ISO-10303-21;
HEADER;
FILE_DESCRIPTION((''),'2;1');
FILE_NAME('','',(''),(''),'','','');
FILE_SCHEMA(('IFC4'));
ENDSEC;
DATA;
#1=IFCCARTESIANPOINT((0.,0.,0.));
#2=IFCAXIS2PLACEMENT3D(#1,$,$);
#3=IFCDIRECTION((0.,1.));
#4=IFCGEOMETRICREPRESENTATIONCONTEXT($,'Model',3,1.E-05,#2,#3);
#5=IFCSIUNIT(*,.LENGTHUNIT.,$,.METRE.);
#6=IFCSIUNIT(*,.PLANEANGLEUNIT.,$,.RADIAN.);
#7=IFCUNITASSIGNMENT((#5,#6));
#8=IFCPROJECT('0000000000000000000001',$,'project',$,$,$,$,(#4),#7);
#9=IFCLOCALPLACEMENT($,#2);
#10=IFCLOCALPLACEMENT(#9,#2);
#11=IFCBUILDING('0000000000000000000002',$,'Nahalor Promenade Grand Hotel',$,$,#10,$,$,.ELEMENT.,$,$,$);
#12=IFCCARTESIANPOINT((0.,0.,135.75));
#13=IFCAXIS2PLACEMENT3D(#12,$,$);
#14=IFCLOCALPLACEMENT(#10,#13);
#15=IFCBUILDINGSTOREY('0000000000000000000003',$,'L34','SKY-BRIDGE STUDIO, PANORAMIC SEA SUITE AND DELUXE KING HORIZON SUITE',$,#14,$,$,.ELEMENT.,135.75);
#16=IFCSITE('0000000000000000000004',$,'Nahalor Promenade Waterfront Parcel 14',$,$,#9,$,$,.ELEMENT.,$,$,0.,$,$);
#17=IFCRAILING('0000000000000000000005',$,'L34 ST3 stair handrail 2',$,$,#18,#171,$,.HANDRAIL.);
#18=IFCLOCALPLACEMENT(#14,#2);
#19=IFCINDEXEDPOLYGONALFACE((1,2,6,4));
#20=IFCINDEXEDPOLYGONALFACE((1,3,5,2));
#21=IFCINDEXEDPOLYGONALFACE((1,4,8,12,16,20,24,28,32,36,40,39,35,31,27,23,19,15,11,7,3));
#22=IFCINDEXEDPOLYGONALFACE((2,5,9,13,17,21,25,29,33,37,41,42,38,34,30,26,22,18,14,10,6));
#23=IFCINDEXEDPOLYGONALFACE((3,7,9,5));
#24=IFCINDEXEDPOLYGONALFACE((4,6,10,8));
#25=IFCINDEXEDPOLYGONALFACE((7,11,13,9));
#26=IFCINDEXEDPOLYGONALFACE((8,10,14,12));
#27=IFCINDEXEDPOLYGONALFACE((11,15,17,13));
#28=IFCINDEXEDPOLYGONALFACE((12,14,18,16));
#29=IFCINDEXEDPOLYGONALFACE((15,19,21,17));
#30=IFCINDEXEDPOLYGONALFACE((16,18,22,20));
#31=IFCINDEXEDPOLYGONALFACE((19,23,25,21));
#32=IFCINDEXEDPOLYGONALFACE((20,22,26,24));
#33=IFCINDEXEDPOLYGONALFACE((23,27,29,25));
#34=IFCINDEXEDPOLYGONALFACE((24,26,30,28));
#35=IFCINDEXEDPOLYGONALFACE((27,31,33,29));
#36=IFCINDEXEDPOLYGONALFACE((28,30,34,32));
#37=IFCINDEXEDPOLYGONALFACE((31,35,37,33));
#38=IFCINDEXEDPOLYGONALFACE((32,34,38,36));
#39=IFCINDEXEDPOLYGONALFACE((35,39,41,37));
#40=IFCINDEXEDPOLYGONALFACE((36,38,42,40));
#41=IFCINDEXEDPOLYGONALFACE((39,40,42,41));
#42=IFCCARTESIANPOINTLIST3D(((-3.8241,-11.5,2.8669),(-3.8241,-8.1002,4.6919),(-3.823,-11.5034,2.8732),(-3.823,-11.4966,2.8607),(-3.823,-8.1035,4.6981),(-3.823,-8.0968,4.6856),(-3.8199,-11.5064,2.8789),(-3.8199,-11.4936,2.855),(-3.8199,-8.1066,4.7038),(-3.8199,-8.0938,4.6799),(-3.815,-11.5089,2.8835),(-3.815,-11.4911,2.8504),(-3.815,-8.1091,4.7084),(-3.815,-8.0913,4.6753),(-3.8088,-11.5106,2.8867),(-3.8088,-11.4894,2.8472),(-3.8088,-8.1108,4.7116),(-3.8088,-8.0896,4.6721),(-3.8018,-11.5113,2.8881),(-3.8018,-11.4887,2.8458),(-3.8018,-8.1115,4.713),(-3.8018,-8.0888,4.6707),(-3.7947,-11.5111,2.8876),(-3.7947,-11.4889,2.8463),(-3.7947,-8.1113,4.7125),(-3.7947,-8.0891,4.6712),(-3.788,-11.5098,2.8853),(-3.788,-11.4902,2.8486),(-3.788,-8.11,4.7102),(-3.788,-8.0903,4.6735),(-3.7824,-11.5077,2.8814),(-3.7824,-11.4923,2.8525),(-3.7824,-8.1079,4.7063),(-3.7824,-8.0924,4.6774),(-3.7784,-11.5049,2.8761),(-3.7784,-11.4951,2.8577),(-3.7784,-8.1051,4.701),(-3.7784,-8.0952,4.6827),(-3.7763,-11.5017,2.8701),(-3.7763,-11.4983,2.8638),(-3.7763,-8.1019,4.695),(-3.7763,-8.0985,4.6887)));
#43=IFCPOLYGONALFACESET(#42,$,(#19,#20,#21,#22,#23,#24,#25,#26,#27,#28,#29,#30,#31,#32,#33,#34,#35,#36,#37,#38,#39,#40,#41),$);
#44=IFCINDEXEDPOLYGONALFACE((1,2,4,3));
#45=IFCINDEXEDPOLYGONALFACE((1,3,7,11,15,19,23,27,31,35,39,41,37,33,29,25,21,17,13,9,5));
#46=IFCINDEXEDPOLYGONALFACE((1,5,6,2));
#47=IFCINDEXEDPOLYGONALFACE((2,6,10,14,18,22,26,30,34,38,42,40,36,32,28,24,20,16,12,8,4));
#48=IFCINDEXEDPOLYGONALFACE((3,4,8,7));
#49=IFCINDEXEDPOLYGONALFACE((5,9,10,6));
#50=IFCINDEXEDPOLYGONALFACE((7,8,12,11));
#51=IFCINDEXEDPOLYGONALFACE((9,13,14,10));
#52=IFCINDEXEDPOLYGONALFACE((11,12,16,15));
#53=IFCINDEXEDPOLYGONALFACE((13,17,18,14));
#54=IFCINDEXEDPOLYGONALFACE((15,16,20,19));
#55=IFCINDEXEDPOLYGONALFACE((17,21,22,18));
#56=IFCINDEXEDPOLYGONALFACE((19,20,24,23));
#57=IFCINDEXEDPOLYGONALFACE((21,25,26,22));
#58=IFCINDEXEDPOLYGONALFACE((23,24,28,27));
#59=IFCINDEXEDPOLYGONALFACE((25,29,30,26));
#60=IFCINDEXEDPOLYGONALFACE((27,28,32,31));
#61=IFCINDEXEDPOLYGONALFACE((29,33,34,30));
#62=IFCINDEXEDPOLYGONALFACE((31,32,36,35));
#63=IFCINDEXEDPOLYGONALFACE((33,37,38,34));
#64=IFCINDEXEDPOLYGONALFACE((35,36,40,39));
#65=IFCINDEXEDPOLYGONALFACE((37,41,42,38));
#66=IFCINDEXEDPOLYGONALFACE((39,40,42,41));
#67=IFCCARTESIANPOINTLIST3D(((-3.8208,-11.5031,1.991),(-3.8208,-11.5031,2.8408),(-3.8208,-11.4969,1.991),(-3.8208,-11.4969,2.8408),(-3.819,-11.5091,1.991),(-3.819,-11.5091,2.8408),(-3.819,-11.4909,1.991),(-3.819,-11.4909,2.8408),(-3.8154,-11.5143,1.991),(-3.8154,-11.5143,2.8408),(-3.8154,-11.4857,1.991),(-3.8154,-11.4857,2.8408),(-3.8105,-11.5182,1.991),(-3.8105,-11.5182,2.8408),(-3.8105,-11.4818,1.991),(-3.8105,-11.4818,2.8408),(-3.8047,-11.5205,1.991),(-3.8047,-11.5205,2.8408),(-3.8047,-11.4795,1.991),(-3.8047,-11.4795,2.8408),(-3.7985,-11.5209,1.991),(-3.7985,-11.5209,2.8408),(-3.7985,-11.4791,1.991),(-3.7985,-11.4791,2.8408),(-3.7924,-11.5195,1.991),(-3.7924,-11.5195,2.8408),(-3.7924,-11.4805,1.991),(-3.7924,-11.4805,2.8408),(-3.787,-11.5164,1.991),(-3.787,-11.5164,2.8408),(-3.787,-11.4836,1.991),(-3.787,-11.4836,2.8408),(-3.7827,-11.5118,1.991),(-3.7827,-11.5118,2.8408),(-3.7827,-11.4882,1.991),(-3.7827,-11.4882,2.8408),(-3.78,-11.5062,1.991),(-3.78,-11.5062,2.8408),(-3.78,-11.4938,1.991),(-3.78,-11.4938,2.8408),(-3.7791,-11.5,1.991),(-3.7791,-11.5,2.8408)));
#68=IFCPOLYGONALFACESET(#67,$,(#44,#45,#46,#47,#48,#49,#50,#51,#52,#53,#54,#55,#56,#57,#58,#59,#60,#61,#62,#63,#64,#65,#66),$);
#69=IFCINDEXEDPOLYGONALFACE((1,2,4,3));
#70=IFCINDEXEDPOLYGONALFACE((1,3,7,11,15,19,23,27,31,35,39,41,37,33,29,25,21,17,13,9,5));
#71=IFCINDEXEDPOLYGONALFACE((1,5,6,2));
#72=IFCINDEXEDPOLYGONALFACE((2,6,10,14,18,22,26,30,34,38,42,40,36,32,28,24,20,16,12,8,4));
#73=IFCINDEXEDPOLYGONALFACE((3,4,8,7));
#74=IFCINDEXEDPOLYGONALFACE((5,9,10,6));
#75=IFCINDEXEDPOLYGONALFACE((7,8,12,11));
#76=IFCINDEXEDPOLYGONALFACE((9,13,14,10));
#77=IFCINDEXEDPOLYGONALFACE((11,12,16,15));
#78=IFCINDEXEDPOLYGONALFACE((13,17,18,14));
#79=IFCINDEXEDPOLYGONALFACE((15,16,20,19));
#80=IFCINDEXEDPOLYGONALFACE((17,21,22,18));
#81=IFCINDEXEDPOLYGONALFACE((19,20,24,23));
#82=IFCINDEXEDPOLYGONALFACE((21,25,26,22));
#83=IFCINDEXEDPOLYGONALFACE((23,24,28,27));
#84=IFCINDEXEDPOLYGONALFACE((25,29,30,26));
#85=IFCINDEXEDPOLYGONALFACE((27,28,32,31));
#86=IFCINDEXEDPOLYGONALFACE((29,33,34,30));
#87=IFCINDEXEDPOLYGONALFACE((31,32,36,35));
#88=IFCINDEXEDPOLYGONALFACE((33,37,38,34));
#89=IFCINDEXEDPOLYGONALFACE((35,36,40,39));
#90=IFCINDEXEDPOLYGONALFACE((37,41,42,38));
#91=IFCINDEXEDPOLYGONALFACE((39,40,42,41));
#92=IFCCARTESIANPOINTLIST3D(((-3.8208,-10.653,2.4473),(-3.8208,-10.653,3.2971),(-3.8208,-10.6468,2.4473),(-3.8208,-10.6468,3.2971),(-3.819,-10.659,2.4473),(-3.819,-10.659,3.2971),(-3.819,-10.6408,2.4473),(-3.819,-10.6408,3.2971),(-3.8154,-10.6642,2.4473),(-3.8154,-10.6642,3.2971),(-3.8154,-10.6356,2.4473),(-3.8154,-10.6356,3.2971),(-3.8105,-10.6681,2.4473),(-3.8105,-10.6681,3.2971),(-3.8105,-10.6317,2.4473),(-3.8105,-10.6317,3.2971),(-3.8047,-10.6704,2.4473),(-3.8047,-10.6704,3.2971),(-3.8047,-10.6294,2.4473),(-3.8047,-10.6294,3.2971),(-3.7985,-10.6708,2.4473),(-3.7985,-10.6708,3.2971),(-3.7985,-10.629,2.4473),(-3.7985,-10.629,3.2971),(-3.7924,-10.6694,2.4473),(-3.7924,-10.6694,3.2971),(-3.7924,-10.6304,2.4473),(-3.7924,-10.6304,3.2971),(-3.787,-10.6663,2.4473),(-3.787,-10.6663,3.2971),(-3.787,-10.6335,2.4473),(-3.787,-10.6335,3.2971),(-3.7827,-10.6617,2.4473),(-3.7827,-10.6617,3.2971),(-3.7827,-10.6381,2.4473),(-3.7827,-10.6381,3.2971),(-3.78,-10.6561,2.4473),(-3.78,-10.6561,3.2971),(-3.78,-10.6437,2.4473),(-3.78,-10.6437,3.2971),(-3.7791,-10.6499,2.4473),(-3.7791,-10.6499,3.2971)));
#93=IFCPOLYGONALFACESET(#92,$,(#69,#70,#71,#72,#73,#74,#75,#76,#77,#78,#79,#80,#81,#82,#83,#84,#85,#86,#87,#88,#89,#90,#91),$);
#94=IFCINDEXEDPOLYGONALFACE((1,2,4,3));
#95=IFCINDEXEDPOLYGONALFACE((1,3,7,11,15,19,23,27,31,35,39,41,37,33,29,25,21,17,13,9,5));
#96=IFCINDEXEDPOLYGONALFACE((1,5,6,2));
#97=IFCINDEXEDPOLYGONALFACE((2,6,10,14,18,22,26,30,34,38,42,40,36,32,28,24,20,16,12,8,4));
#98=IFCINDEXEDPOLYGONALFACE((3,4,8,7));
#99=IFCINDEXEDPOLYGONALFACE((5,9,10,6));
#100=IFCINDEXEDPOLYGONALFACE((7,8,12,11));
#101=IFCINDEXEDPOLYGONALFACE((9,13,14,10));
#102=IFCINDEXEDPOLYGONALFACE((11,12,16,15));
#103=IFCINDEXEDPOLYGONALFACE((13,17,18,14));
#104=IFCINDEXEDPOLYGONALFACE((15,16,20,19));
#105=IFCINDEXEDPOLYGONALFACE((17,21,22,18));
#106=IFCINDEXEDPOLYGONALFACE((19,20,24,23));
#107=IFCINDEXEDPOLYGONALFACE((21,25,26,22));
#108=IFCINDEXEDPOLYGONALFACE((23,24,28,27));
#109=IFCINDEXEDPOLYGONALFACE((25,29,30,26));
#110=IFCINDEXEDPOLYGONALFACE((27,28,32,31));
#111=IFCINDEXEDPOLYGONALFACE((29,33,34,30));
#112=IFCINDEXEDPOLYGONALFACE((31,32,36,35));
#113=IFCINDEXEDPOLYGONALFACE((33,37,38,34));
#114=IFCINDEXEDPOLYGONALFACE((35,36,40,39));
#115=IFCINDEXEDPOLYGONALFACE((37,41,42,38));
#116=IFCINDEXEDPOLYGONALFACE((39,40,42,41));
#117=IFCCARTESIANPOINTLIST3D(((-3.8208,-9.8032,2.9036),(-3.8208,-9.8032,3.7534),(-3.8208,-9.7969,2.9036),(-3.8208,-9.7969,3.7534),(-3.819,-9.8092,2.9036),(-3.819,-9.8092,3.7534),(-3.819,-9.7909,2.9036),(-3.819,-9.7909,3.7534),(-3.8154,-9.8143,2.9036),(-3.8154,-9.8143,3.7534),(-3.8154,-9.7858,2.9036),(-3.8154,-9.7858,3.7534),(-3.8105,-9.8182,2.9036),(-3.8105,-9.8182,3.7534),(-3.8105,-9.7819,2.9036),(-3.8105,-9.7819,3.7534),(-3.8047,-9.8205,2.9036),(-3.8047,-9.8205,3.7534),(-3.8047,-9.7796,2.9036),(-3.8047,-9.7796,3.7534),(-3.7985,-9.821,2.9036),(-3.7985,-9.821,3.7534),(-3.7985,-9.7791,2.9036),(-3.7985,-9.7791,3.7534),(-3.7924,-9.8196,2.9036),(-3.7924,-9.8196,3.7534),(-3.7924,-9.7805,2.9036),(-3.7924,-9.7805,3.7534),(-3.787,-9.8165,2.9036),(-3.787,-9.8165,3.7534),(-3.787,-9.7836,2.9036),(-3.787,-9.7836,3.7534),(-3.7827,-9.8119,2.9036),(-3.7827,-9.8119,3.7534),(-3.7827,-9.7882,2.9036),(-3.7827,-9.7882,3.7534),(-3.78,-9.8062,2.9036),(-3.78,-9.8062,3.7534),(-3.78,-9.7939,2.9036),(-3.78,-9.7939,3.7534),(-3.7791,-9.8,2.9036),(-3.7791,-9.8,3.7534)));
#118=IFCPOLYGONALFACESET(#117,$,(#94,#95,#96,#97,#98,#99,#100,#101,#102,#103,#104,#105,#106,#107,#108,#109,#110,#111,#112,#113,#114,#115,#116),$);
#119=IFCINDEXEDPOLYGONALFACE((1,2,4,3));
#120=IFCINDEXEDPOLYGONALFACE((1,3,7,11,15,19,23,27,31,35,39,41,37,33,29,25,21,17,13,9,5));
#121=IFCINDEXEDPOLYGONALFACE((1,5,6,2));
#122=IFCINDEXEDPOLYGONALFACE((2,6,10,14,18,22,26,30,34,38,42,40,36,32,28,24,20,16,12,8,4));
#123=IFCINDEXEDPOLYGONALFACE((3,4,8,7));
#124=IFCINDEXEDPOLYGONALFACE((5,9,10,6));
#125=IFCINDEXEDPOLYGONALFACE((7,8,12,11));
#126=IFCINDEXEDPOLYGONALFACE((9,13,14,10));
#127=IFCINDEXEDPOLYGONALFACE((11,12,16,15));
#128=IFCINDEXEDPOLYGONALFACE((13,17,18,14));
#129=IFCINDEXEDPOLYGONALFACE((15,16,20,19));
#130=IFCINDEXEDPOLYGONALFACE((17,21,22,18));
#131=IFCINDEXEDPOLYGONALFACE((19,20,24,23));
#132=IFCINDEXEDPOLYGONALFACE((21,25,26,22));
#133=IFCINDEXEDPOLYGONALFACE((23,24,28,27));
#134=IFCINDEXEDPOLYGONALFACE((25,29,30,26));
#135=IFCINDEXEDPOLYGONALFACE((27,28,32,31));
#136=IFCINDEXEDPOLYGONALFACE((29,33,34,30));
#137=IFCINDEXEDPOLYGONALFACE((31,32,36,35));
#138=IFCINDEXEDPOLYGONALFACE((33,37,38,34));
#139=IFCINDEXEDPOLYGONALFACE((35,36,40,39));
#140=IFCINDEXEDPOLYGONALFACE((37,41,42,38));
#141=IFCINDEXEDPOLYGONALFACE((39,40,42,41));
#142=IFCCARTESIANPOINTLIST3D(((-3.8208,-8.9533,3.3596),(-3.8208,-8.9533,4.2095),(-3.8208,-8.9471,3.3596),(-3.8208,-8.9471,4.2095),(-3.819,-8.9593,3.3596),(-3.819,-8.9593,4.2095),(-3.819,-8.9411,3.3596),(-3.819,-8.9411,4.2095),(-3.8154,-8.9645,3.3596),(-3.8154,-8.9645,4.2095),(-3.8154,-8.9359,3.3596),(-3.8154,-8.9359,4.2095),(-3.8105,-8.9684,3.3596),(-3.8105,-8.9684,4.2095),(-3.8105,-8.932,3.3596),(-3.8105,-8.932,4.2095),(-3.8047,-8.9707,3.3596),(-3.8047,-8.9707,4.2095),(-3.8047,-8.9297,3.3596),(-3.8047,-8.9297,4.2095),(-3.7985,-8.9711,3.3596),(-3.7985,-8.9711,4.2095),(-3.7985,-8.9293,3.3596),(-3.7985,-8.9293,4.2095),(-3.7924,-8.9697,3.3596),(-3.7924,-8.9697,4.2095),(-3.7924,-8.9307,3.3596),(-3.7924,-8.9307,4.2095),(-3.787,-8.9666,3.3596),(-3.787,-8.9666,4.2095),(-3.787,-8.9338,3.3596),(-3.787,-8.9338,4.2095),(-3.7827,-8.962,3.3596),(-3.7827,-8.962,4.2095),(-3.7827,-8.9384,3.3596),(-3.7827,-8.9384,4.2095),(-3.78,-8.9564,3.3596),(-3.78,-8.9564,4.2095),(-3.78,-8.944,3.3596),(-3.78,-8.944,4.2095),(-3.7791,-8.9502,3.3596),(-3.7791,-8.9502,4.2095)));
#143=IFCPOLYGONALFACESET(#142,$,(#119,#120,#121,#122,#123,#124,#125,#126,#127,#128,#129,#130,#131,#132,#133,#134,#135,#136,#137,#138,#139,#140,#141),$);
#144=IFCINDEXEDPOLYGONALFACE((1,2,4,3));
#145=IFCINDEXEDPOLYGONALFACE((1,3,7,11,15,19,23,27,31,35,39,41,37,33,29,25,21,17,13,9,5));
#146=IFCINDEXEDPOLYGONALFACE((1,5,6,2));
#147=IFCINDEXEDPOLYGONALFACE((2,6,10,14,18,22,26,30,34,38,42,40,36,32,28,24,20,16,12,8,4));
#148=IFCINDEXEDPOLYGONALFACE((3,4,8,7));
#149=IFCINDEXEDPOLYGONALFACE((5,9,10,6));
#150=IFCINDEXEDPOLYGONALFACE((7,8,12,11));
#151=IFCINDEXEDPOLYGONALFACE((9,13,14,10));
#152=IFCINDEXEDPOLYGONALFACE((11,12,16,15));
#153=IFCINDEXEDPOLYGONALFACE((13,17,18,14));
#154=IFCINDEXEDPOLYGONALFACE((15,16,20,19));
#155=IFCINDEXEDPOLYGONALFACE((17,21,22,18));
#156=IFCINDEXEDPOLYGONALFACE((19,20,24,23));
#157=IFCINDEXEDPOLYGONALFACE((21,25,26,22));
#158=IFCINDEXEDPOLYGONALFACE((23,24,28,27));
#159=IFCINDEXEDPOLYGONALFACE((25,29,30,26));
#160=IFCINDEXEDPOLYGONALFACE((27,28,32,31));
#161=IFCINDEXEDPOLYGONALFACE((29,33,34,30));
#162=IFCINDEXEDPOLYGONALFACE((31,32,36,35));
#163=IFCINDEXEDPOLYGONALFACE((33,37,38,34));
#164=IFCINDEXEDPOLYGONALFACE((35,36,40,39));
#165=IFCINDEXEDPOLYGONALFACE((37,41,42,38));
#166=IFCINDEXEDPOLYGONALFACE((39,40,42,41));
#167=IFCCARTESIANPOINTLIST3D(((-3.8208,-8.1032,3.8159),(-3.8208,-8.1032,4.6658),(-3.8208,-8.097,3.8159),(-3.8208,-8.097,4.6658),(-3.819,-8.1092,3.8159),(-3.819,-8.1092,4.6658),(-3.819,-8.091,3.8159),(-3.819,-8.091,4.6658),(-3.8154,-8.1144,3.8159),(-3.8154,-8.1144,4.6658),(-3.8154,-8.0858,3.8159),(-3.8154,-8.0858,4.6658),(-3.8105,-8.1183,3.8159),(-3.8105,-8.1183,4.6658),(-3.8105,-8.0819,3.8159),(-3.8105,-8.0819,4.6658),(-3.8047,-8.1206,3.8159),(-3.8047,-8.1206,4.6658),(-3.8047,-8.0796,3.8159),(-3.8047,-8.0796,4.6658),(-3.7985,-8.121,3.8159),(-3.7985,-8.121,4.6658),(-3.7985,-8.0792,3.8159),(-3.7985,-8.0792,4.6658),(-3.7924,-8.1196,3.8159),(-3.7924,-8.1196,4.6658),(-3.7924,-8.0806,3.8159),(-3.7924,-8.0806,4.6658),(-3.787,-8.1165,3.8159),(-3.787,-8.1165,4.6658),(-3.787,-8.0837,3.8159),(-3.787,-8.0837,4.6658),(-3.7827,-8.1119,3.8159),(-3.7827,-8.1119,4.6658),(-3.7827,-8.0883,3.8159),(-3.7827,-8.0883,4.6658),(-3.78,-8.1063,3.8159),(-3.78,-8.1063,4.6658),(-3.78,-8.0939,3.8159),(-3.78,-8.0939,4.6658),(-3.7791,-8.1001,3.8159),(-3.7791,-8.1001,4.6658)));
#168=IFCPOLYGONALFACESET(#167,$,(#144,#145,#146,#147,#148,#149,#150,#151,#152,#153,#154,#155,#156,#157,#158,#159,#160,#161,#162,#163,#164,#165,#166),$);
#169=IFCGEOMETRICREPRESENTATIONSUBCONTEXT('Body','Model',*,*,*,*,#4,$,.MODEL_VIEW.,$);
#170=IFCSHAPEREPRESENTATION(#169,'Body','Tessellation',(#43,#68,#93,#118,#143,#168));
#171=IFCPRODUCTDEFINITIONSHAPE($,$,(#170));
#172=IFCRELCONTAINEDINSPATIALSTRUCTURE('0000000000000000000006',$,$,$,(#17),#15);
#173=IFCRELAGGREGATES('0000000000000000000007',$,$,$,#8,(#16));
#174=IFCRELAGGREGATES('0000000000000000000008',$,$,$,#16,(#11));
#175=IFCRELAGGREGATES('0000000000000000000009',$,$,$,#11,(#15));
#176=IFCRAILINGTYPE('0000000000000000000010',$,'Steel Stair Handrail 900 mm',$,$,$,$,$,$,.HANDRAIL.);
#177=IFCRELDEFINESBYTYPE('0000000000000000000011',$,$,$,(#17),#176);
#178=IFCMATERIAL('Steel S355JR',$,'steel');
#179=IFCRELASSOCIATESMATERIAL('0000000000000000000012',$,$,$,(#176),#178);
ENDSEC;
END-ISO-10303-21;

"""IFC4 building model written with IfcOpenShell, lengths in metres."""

from ifc_helpers import new_model, si_unit, direction, frame, origin, origin_2d, place, context, subcontext, project, spatial, circle, extrude, material, type_object, element, save


model = new_model("IFC4")

# Units and contexts
model_context = context("Model", 3, precision=1e-05, world=origin(), true_north=direction((0.0, 1.0)))
body_context = subcontext(model_context, "Body", "Model", "MODEL_VIEW")
ifc_project = project(units=[si_unit("LENGTHUNIT", "METRE"), si_unit("PLANEANGLEUNIT", "RADIAN")], contexts=[model_context])

# Site, building, storey
site_placement = place(None, origin())
site = spatial("IfcSite", under=ifc_project, at=site_placement, Name="Nahalor Promenade Waterfront Parcel 14", CompositionType="ELEMENT", RefElevation=0.0)
building_placement = place(site_placement, origin())
building = spatial("IfcBuilding", under=site, at=building_placement, Name="Nahalor Promenade Grand Hotel", CompositionType="ELEMENT")
storey_placement = place(building_placement, frame((0.0, 0.0, 135.75)))
storey = spatial("IfcBuildingStorey", under=building, at=storey_placement, Name="L34", Description="SKY-BRIDGE STUDIO, PANORAMIC SEA SUITE AND DELUXE KING HORIZON SUITE", CompositionType="ELEMENT", Elevation=135.75)

# Shared definitions
ifc_material_1 = material(Name="Steel S355JR", Category="steel")

# Railing
railing_type_1 = type_object("IfcRailingType", Name="Steel Stair Handrail 900 mm", PredefinedType="HANDRAIL", material=ifc_material_1)
railing_1_placement = place(storey_placement, frame((-3.8, -11.5, 1.991)))
element("IfcRailing", 1, at=railing_1_placement, inside=storey, type_object=railing_type_1, Name="L34 ST3 stair handrail 2", PredefinedType="HANDRAIL", context=body_context, shape_type="SweptSolid", body=[
    extrude(circle(Radius=0.024, at=origin_2d()), frame((0.0, 0.0, 0.876), z_axis=(0.0, 0.881094, 0.472941), x_axis=(-1.0, 0.0, 0.0)), (0.0, 0.0, 1.0), 3.8586),
    extrude(circle(Radius=0.021, at=origin_2d()), origin(), (0.0, 0.0, 1.0), 0.8499),
    extrude(circle(Radius=0.021, at=origin_2d()), frame((0.0, 0.8501, 0.4563)), (0.0, 0.0, 1.0), 0.8499),
    extrude(circle(Radius=0.021, at=origin_2d()), frame((0.0, 1.7, 0.9126)), (0.0, 0.0, 1.0), 0.8499),
    extrude(circle(Radius=0.021, at=origin_2d()), frame((0.0, 2.5498, 1.3687)), (0.0, 0.0, 1.0), 0.8499),
    extrude(circle(Radius=0.021, at=origin_2d()), frame((0.0, 3.3999, 1.825)), (0.0, 0.0, 1.0), 0.8499),
])

save(model, "model.ifc")
